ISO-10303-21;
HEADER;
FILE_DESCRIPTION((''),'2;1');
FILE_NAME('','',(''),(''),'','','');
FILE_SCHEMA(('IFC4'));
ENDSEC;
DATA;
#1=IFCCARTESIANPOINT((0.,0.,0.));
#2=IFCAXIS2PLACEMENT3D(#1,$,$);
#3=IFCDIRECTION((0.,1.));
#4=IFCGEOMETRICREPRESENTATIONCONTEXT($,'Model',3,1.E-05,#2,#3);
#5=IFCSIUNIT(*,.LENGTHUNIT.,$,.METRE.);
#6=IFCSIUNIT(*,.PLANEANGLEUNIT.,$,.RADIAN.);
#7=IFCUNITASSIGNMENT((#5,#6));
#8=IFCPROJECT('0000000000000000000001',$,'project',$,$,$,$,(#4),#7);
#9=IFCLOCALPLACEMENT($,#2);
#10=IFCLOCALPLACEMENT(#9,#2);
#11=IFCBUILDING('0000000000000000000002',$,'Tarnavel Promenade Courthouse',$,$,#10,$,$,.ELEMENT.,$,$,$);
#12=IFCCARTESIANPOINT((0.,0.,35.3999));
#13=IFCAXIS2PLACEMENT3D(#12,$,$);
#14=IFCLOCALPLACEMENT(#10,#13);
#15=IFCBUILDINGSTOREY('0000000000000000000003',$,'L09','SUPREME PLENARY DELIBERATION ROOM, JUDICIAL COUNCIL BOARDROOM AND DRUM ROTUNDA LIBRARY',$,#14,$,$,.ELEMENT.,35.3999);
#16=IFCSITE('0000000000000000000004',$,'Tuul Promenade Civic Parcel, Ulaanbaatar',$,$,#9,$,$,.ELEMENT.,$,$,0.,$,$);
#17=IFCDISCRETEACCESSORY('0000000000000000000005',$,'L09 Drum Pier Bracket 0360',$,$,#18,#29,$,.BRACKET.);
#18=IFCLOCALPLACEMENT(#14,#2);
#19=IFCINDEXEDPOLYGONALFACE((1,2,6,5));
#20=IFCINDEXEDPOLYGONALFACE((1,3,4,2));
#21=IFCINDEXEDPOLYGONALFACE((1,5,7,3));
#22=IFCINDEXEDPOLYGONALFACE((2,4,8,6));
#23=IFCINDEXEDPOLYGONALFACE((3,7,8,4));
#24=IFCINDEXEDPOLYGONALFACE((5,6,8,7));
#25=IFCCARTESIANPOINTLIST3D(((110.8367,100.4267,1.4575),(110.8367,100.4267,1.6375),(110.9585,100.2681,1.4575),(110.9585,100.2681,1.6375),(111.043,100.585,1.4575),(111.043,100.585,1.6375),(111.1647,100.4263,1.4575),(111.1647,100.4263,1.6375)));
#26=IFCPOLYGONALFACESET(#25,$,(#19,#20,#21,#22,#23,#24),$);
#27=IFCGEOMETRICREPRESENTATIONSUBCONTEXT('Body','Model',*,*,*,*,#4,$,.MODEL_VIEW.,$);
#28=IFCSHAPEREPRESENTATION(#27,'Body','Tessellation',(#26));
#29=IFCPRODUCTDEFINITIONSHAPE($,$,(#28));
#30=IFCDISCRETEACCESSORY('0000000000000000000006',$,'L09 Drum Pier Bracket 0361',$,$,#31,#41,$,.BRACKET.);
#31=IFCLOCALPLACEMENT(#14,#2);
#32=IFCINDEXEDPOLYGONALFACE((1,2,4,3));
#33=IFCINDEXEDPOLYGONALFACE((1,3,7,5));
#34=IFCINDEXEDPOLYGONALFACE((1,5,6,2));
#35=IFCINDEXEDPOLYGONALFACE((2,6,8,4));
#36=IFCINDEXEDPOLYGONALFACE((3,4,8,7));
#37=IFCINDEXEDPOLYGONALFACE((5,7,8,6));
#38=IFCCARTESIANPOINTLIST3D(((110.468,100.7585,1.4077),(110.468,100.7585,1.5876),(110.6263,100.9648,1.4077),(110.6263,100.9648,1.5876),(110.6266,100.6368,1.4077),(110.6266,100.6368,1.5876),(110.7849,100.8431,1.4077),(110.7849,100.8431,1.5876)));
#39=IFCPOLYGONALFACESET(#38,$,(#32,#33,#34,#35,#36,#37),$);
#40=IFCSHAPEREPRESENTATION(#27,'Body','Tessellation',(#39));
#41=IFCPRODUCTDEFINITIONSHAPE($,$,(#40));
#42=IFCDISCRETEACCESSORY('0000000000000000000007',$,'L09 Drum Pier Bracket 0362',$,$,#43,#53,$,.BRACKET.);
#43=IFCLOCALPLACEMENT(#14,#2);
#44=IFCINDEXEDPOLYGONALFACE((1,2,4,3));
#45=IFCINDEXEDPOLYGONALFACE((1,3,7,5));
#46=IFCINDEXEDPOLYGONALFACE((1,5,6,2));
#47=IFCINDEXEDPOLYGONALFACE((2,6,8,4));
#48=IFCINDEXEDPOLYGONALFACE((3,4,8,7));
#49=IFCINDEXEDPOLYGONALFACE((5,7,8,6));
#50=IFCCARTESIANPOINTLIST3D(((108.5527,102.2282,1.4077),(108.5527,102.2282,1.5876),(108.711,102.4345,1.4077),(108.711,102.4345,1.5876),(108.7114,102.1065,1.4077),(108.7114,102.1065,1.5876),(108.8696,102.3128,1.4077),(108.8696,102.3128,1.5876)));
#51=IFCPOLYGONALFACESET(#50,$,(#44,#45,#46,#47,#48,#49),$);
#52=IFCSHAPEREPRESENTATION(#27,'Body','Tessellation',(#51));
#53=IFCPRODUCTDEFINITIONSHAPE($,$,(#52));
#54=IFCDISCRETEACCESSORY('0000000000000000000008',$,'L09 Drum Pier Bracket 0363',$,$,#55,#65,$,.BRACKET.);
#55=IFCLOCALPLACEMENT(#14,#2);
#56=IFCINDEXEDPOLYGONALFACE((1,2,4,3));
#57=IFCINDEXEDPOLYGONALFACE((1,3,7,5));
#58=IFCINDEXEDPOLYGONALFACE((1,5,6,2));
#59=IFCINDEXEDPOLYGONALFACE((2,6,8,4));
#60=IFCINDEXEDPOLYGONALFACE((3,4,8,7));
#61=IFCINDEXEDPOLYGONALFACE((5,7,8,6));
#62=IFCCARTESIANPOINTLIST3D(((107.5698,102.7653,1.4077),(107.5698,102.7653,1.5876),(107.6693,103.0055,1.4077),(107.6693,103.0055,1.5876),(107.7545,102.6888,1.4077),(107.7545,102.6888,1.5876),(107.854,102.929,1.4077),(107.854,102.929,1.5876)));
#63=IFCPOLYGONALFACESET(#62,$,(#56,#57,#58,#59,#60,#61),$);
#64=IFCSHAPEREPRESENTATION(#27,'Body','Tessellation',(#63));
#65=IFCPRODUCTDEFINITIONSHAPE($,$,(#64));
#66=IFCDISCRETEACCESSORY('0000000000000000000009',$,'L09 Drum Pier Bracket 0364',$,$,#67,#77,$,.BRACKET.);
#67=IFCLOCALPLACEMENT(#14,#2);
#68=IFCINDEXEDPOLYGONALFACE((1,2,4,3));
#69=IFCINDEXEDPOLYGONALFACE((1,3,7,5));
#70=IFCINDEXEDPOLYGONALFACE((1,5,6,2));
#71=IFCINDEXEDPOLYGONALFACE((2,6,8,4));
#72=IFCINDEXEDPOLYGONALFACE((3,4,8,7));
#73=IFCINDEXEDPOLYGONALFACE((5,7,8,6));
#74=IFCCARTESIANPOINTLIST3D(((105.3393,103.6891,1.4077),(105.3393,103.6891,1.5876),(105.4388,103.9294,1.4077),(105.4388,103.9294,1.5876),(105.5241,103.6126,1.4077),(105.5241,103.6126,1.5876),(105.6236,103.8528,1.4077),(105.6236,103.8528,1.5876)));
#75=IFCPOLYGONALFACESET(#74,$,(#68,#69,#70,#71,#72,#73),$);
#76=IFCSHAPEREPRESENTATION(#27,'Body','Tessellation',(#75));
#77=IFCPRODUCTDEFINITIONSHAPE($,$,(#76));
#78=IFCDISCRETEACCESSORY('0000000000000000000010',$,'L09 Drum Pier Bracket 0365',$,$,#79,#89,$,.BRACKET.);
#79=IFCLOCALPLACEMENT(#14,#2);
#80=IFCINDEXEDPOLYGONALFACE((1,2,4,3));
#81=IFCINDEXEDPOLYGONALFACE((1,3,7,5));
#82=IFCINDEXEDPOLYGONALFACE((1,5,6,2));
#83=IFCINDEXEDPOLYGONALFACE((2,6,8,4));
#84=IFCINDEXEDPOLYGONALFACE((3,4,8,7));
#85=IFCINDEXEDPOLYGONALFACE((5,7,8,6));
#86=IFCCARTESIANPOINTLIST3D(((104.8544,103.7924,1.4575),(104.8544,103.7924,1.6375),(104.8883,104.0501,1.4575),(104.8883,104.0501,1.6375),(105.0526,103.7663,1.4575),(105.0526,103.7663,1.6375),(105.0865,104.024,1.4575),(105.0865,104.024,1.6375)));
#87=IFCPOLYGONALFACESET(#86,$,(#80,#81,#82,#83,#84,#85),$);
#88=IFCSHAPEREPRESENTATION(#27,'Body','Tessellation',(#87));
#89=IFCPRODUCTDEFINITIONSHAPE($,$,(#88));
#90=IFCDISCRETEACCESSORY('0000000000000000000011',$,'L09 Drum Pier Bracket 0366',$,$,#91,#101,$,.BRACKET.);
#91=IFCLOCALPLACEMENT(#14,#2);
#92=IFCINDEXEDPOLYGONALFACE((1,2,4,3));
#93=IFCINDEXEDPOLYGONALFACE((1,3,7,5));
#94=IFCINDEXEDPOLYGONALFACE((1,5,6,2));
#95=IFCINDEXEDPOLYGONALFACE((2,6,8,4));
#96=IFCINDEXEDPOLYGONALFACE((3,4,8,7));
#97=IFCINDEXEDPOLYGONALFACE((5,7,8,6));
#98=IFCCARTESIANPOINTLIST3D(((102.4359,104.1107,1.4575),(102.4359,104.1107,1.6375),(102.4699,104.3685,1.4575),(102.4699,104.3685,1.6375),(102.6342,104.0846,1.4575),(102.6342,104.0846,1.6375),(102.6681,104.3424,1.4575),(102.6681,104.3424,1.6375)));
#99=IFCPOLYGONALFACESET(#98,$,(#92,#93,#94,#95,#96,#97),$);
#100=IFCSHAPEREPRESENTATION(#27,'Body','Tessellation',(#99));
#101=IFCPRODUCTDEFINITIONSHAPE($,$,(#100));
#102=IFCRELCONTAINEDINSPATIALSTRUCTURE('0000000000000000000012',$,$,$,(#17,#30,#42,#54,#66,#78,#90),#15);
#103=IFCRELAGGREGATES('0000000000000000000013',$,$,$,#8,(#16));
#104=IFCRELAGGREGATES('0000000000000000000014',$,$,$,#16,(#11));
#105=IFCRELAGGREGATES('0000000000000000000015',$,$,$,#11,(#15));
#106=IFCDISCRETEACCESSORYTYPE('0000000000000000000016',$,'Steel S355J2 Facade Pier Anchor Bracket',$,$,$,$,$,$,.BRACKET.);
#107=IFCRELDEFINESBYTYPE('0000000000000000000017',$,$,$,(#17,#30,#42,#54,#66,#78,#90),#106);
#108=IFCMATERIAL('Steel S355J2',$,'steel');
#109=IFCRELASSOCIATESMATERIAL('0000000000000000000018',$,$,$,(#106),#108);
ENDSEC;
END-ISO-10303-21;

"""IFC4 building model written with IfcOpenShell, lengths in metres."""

from ifc_helpers import new_model, si_unit, direction, frame, origin, origin_2d, place, context, subcontext, project, spatial, rectangle, extrude, material, type_object, element, save


model = new_model("IFC4")

# Units and contexts
model_context = context("Model", 3, precision=1e-05, world=origin(), true_north=direction((0.0, 1.0)))
body_context = subcontext(model_context, "Body", "Model", "MODEL_VIEW")
ifc_project = project(units=[si_unit("LENGTHUNIT", "METRE"), si_unit("PLANEANGLEUNIT", "RADIAN")], contexts=[model_context])

# Site, building, storey
site_placement = place(None, origin())
site = spatial("IfcSite", under=ifc_project, at=site_placement, Name="Tuul Promenade Civic Parcel, Ulaanbaatar", CompositionType="ELEMENT", RefElevation=0.0)
building_placement = place(site_placement, origin())
building = spatial("IfcBuilding", under=site, at=building_placement, Name="Tarnavel Promenade Courthouse", CompositionType="ELEMENT")
storey_placement = place(building_placement, frame((0.0, 0.0, 35.3999)))
storey = spatial("IfcBuildingStorey", under=building, at=storey_placement, Name="L09", Description="SUPREME PLENARY DELIBERATION ROOM, JUDICIAL COUNCIL BOARDROOM AND DRUM ROTUNDA LIBRARY", CompositionType="ELEMENT", Elevation=35.3999)

# Shared definitions
ifc_material_1 = material(Name="Steel S355J2", Category="steel")

# Discrete accessories
discrete_accessory_type = type_object("IfcDiscreteAccessoryType", Name="Steel S355J2 Facade Pier Anchor Bracket", PredefinedType="BRACKET", material=ifc_material_1)
for number, where, z_axis, x_axis, name in (
    (1, (111.0007, 100.4265, 1.4575), (0.0, 0.0, 1.0), (-0.608761, 0.793353, 0.0), "L09 Drum Pier Bracket 0360"),
    (2, (110.6265, 100.8008, 1.4077), (0.0, 0.0, 1.0), (-0.793353, 0.608761, 0.0), "L09 Drum Pier Bracket 0361"),
    (3, (108.7112, 102.2705, 1.4077), (0.0, 0.0, 1.0), (-0.793353, 0.608761, 0.0), "L09 Drum Pier Bracket 0362"),
    (4, (107.7119, 102.8472, 1.4077), (0.0, 0.0, 1.0), (-0.92388, 0.382683, 0.0), "L09 Drum Pier Bracket 0363"),
    (5, (105.4814, 103.771, 1.4077), (0.0, 0.0, 1.0), (-0.92388, 0.382683, 0.0), "L09 Drum Pier Bracket 0364"),
    (6, (104.9705, 103.9082, 1.4575), (0.0, 0.0, 1.0), (-0.991445, 0.130526, 0.0), "L09 Drum Pier Bracket 0365"),
    (7, (102.552, 104.2266, 1.4575), (0.0, 0.0, 1.0), (-0.991445, 0.130526, 0.0), "L09 Drum Pier Bracket 0366"),
):
    element("IfcDiscreteAccessory", number, at=place(storey_placement, frame(where, z_axis=z_axis, x_axis=x_axis)), inside=storey, type_object=discrete_accessory_type, Name=name, PredefinedType="BRACKET", context=body_context, shape_type="SweptSolid", body=[
        extrude(rectangle(XDim=0.2, YDim=0.26, at=origin_2d()), origin(), (0.0, 0.0, 1.0), 0.1799),
    ])

save(model, "model.ifc")
